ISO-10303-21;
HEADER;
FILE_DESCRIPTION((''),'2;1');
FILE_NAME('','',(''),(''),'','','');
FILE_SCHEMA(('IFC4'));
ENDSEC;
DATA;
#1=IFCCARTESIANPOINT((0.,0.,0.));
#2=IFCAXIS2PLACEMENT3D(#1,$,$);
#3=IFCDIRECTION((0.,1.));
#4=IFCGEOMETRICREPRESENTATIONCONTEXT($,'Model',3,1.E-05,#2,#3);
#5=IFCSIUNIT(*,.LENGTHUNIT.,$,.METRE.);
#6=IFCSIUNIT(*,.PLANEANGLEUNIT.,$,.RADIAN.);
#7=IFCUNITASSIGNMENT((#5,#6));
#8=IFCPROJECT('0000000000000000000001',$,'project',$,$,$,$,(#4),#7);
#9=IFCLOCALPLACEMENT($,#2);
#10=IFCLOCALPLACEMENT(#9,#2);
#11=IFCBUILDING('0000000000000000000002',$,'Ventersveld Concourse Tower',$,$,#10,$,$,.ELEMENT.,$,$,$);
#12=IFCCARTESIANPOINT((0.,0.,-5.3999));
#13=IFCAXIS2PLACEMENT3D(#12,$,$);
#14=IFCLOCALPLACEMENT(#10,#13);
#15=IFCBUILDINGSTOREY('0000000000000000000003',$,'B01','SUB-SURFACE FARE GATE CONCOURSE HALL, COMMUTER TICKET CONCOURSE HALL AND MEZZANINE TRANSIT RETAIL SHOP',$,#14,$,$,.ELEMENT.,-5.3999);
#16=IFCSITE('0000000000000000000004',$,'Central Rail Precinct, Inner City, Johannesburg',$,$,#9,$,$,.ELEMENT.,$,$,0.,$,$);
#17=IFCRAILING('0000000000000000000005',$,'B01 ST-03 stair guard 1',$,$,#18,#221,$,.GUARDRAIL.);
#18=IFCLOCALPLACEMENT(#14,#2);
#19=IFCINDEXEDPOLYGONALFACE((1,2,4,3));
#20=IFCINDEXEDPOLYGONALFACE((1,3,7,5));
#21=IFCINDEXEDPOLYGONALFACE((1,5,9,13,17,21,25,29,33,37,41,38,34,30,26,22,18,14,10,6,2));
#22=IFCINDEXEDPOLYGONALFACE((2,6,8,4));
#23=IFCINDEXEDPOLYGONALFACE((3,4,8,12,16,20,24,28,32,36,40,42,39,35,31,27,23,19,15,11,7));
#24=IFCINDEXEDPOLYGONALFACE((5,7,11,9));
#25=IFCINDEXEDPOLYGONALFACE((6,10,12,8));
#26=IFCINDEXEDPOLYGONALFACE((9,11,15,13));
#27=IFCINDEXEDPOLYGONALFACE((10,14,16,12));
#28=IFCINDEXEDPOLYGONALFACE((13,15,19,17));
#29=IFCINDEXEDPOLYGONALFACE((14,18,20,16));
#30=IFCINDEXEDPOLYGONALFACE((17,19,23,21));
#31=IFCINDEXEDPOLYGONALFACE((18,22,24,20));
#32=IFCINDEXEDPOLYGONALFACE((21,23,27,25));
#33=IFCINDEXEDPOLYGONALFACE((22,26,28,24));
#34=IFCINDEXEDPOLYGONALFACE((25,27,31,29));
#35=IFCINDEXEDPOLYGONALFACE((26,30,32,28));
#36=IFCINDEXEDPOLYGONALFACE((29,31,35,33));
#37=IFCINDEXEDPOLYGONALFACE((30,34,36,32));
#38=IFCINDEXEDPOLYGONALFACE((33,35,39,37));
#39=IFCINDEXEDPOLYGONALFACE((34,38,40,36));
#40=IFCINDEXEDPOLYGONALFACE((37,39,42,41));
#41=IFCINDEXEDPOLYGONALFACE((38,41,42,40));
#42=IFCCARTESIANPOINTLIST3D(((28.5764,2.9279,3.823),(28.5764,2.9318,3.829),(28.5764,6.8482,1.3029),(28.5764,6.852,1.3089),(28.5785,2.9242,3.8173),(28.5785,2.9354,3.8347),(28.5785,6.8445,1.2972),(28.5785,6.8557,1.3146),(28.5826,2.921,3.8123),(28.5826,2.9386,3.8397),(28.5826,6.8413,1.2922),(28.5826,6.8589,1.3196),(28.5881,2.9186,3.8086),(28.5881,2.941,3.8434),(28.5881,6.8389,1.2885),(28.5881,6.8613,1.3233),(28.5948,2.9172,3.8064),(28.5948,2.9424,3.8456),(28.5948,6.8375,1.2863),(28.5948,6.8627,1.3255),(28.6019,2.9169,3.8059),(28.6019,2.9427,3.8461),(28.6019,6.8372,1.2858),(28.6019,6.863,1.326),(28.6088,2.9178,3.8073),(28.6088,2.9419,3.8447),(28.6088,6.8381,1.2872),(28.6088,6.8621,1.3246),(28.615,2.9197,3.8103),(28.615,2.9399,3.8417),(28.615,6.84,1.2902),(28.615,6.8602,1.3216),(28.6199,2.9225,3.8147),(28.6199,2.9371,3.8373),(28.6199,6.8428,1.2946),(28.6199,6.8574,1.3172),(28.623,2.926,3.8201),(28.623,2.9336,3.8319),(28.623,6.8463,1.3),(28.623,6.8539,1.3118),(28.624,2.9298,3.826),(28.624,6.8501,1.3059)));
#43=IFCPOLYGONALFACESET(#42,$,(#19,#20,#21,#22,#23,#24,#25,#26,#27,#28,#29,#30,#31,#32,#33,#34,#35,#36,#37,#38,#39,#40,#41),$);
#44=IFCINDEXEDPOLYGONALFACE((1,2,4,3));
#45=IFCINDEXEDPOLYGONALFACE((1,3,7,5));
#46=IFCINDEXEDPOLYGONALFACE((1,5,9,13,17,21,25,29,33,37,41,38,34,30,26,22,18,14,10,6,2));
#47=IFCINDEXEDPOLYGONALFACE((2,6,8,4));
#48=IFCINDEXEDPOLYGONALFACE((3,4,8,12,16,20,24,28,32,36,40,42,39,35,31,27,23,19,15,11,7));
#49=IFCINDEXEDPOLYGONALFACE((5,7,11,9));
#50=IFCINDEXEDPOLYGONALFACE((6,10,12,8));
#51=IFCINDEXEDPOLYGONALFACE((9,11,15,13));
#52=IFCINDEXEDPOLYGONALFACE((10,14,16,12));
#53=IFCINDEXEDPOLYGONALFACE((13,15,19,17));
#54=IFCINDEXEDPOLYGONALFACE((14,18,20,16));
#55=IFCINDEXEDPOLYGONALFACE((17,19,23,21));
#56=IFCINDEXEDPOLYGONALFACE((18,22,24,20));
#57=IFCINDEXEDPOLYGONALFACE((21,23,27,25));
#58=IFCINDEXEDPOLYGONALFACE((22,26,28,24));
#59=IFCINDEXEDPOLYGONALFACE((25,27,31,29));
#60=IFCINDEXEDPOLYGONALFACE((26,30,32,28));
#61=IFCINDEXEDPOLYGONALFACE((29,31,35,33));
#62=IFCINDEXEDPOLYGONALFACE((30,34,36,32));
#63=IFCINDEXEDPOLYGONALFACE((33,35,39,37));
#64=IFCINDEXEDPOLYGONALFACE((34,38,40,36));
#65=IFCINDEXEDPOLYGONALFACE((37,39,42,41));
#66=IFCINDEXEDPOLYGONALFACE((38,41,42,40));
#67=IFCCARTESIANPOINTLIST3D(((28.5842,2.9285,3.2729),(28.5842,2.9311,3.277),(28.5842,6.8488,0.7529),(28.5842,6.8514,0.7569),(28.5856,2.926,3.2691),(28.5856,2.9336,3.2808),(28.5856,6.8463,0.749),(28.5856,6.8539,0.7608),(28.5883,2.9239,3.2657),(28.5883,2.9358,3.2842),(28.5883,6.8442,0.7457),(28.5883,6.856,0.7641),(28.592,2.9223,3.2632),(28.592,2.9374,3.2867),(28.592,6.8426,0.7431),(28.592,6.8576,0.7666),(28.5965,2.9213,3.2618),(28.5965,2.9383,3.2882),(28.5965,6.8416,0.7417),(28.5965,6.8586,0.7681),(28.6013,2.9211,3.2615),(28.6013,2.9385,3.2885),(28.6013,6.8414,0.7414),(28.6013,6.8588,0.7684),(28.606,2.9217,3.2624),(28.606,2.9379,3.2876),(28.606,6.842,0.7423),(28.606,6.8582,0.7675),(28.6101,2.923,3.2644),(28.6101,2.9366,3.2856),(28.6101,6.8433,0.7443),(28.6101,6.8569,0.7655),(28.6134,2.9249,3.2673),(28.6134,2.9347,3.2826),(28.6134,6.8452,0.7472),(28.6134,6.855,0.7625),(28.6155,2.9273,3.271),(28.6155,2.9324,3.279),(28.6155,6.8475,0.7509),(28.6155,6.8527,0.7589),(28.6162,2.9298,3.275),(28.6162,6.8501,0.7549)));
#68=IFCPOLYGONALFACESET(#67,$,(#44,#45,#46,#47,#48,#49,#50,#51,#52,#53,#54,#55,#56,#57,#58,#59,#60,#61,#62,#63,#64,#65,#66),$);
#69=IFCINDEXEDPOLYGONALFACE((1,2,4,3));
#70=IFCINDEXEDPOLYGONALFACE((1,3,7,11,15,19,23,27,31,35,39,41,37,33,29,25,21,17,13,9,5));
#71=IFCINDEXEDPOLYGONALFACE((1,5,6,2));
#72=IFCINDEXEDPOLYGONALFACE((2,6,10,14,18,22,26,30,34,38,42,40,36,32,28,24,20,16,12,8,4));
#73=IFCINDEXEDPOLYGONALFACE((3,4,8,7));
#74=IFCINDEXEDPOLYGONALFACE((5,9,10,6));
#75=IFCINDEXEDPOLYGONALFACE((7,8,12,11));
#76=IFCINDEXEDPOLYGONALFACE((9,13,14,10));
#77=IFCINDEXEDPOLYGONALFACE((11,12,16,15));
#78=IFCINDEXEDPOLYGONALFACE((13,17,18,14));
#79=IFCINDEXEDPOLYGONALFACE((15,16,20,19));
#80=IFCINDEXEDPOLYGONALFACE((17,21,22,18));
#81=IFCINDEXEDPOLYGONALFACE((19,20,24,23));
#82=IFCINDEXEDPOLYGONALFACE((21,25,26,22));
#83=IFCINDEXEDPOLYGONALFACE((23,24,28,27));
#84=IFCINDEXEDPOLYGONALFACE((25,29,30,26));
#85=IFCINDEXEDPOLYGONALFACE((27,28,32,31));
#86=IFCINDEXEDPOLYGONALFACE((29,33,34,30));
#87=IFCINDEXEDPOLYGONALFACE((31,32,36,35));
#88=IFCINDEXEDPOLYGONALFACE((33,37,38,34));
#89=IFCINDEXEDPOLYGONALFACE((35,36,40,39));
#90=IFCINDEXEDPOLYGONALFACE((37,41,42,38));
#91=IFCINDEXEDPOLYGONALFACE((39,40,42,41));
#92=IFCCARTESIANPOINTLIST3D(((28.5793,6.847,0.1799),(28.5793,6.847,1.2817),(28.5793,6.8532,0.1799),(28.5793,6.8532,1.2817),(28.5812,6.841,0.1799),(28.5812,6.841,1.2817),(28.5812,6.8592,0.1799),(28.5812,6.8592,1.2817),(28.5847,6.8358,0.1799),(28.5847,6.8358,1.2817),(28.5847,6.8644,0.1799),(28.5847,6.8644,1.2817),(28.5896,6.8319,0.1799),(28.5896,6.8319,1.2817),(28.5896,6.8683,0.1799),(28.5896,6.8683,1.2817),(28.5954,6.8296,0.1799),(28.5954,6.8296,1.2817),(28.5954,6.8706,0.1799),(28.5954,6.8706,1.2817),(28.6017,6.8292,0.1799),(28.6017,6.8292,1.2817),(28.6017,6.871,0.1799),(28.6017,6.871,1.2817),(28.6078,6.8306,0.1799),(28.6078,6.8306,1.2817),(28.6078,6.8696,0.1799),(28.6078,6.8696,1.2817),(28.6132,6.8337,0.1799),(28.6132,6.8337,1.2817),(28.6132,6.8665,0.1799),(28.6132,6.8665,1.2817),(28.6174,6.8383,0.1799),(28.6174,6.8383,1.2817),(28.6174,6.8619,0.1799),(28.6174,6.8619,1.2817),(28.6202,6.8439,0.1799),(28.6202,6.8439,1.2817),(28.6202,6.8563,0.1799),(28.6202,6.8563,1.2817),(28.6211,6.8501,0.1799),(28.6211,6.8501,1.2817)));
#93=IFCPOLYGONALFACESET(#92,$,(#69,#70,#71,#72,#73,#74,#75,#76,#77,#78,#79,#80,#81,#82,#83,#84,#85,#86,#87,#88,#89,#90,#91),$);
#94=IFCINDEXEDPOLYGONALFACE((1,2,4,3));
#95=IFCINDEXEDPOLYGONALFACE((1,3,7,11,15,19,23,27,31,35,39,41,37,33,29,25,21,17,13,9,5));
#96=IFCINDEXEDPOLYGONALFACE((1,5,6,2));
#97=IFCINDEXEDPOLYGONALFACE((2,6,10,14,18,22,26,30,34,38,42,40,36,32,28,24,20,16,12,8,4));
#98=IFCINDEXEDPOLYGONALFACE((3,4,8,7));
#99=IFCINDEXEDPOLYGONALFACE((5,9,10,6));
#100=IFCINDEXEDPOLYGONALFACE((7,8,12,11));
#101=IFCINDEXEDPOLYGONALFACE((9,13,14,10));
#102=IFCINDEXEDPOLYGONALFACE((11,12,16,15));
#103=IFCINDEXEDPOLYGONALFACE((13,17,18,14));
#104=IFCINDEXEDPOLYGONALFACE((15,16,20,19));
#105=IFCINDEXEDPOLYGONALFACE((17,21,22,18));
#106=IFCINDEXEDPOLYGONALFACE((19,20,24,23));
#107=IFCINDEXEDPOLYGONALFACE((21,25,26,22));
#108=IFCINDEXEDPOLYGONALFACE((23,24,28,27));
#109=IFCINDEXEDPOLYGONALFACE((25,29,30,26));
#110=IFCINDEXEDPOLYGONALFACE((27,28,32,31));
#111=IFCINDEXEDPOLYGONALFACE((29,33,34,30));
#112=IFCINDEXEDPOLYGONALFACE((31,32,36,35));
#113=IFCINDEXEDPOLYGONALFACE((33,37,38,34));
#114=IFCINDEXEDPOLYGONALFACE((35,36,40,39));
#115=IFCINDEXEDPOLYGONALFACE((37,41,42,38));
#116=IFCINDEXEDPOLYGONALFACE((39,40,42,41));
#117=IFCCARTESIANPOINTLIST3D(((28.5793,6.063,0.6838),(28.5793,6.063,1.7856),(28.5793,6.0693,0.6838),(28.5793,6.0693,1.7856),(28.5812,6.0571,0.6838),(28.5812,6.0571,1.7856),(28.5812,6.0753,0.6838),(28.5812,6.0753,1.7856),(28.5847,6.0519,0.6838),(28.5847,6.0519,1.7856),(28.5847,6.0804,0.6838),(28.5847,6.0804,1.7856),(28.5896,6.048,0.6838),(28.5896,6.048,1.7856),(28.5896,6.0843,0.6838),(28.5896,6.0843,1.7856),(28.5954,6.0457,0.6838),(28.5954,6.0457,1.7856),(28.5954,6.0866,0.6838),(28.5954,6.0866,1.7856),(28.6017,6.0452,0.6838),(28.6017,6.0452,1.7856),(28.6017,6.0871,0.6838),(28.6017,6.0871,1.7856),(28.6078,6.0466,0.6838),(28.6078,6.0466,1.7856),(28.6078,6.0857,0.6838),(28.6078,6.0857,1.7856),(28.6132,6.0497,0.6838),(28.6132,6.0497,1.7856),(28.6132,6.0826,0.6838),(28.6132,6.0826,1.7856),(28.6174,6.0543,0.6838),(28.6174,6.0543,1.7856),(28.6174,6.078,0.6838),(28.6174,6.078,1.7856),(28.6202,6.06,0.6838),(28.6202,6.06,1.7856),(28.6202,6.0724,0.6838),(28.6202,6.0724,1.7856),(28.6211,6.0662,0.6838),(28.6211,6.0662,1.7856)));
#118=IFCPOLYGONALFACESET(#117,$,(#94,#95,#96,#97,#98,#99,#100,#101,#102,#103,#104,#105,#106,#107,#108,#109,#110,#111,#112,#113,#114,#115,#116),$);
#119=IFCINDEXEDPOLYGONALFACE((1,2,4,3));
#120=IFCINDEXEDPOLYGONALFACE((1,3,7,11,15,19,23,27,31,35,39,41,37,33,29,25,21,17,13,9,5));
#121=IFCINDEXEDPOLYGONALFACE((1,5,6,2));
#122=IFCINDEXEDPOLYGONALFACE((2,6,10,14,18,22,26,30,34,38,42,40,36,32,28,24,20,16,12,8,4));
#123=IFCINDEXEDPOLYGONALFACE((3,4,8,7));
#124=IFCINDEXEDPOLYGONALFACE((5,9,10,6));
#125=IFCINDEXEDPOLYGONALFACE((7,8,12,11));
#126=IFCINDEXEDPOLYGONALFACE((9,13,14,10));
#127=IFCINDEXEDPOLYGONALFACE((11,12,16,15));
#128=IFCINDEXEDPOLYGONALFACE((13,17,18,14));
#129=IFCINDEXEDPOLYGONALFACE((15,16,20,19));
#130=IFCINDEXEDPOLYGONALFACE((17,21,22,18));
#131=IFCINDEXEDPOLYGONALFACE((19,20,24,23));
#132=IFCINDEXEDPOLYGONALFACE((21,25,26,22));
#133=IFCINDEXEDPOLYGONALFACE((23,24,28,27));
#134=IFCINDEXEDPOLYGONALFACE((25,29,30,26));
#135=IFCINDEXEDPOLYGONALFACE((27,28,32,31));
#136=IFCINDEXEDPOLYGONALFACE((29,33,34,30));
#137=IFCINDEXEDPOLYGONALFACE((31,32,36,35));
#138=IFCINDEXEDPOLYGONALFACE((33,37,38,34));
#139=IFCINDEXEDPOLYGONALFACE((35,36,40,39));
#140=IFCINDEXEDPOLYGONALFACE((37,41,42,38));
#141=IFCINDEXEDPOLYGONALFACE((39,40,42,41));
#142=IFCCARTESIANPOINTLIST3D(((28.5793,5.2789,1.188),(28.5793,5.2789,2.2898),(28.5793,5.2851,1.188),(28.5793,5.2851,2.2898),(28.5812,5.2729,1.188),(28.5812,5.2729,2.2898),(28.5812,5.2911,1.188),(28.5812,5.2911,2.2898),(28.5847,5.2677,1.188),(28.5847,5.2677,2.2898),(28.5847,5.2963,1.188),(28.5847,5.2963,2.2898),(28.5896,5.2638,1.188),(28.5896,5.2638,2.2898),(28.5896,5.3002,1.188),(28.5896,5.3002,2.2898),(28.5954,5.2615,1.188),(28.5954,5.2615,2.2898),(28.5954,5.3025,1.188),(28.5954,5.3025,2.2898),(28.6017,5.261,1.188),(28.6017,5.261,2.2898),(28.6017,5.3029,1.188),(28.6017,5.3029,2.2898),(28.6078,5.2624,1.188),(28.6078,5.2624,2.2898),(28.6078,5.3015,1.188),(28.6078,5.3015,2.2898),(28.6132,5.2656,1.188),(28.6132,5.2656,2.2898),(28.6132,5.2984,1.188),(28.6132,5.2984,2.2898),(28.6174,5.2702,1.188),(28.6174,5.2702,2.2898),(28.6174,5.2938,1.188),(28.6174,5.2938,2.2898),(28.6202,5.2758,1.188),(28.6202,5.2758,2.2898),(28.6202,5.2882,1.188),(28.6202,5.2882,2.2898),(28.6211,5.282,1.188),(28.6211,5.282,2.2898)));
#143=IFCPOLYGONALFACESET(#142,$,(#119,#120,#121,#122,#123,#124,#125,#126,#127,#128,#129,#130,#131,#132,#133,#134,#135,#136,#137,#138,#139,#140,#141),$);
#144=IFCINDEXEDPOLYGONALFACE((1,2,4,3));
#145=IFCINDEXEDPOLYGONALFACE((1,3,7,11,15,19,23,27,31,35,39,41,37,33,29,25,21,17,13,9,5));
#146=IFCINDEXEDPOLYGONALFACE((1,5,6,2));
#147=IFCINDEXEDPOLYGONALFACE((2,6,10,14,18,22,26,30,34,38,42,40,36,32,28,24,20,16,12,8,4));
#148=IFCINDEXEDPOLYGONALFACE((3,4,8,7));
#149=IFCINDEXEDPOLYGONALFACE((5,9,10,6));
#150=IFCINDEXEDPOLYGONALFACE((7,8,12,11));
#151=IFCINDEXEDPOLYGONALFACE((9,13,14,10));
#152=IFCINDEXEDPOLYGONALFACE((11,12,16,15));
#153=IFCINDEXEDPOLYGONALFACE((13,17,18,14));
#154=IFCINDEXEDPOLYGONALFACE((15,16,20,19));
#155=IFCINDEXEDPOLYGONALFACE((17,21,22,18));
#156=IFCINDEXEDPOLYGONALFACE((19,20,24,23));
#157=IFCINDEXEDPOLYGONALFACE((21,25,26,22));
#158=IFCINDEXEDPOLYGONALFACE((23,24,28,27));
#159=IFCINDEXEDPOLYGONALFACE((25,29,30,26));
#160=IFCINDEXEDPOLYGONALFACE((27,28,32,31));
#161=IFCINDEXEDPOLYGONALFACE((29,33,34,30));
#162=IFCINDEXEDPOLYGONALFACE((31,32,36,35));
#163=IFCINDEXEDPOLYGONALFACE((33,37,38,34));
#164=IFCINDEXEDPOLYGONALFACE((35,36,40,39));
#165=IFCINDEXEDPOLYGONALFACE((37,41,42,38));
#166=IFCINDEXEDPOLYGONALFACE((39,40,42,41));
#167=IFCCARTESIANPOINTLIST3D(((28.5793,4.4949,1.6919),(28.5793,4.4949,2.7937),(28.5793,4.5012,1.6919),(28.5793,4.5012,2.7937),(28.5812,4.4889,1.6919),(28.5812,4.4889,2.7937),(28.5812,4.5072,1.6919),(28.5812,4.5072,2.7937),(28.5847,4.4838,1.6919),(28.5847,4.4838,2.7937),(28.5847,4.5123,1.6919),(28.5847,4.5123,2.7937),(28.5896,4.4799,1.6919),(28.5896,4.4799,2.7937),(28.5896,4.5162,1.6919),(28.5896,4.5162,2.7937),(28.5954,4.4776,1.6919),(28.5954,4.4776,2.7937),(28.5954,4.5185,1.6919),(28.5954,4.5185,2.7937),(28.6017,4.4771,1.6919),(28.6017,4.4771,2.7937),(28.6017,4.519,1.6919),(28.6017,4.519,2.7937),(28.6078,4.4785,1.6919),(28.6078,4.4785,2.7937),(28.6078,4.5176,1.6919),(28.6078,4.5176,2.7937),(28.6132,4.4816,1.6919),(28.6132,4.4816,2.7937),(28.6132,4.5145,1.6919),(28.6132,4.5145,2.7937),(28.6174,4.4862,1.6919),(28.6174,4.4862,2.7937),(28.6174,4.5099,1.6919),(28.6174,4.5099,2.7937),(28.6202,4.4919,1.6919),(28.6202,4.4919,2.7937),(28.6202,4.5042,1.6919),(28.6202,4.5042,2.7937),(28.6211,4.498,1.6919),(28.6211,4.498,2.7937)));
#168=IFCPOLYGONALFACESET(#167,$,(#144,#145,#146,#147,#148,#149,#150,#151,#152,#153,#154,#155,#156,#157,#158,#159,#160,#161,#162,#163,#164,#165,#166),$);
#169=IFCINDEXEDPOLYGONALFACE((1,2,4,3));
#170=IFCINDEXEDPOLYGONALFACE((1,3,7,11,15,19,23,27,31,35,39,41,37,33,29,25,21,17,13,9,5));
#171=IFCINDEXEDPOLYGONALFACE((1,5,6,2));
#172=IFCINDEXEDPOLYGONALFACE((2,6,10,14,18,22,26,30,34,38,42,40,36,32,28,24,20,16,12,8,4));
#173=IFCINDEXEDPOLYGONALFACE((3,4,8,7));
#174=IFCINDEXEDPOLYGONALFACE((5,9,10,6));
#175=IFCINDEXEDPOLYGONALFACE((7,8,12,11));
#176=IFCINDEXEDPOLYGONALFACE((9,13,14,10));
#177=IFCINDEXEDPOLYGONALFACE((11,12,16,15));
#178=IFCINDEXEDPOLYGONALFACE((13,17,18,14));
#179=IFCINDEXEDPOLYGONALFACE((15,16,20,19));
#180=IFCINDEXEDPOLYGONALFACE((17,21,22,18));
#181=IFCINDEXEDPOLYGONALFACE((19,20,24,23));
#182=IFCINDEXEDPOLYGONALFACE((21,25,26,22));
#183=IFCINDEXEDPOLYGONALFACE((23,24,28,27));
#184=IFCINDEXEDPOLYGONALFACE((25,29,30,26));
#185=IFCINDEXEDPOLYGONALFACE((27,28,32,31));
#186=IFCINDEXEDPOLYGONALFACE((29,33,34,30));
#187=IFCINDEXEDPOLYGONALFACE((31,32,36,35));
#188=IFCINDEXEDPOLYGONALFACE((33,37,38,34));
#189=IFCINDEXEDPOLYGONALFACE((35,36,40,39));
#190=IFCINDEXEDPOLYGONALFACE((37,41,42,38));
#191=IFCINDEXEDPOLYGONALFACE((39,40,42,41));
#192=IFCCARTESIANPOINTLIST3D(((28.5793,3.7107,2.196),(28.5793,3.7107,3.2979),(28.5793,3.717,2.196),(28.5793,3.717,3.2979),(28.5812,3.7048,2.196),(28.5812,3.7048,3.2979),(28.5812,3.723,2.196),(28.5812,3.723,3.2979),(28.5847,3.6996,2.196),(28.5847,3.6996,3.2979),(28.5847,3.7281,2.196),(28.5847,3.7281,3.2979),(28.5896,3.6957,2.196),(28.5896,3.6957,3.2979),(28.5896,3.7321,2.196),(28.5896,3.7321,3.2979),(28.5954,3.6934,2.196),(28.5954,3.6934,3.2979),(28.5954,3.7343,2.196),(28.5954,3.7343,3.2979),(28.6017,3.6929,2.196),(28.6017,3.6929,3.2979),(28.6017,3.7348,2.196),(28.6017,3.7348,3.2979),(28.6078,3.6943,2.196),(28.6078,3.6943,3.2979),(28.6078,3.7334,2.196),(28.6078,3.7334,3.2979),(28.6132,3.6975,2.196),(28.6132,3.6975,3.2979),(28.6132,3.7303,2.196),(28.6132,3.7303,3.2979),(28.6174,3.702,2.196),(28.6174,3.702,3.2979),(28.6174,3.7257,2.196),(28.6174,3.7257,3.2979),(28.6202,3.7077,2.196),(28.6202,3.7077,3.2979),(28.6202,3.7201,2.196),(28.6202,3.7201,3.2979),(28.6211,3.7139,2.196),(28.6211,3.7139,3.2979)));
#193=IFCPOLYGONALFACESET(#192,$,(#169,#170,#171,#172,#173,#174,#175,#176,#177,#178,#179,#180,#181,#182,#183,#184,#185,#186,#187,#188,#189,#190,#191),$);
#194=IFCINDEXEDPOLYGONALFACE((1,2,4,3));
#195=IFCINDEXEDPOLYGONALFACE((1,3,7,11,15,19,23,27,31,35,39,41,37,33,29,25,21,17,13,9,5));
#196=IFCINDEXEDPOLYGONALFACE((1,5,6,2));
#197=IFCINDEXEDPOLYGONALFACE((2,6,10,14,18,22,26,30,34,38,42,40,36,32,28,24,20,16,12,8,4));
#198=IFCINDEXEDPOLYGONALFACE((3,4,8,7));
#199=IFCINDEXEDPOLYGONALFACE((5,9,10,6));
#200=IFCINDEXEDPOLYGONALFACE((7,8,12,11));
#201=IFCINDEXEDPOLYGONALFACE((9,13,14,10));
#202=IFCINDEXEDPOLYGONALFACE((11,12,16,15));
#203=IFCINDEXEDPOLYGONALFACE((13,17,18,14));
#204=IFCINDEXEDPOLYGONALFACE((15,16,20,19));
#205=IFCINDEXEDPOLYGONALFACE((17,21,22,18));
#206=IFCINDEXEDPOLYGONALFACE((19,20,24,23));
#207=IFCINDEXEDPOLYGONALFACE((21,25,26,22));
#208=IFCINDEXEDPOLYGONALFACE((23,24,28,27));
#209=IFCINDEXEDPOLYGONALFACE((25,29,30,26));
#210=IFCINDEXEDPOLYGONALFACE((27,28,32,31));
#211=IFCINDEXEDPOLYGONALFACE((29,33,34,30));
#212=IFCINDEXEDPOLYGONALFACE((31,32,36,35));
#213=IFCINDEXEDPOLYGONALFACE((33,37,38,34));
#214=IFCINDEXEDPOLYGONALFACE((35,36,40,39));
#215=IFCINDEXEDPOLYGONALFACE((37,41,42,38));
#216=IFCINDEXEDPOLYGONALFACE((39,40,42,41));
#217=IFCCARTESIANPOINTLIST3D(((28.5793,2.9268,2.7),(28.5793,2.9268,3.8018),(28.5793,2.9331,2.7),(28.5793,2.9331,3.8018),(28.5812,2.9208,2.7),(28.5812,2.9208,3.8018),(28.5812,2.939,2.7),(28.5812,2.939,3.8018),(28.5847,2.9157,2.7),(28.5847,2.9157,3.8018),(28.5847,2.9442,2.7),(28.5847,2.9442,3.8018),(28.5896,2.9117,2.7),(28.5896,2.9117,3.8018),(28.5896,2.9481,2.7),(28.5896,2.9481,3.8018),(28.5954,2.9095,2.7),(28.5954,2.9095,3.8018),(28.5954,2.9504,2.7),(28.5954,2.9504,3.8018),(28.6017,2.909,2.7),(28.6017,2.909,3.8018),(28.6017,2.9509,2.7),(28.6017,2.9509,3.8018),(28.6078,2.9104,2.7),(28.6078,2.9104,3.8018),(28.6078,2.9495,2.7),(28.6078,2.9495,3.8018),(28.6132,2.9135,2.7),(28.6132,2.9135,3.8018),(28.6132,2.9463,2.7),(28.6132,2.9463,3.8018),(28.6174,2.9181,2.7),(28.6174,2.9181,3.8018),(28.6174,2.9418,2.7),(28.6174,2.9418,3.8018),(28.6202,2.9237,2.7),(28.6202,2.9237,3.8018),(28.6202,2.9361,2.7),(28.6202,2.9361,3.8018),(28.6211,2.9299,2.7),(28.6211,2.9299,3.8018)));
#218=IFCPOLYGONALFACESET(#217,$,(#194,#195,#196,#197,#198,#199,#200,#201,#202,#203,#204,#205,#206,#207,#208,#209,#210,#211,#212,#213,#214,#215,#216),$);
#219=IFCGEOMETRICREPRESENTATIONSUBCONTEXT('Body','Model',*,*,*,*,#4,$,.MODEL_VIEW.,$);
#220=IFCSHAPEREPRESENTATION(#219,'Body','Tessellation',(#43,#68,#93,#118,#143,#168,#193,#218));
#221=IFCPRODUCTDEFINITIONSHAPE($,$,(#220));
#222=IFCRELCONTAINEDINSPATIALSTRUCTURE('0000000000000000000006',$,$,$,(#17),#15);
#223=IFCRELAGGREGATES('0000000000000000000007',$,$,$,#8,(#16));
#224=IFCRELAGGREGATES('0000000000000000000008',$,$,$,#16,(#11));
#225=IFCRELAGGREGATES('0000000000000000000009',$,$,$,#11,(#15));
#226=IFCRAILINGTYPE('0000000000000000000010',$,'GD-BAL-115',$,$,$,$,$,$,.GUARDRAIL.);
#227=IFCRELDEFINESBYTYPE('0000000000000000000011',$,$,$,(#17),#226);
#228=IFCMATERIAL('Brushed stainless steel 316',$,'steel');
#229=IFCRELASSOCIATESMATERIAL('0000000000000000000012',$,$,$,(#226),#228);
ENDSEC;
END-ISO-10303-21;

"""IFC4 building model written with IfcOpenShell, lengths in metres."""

from ifc_helpers import new_model, si_unit, direction, frame, origin, origin_2d, place, context, subcontext, project, spatial, circle, extrude, material, type_object, element, save


model = new_model("IFC4")

# Units and contexts
model_context = context("Model", 3, precision=1e-05, world=origin(), true_north=direction((0.0, 1.0)))
body_context = subcontext(model_context, "Body", "Model", "MODEL_VIEW")
ifc_project = project(units=[si_unit("LENGTHUNIT", "METRE"), si_unit("PLANEANGLEUNIT", "RADIAN")], contexts=[model_context])

# Site, building, storey
site_placement = place(None, origin())
site = spatial("IfcSite", under=ifc_project, at=site_placement, Name="Central Rail Precinct, Inner City, Johannesburg", CompositionType="ELEMENT", RefElevation=0.0)
building_placement = place(site_placement, origin())
building = spatial("IfcBuilding", under=site, at=building_placement, Name="Ventersveld Concourse Tower", CompositionType="ELEMENT")
storey_placement = place(building_placement, frame((0.0, 0.0, -5.3999)))
storey = spatial("IfcBuildingStorey", under=building, at=storey_placement, Name="B01", Description="SUB-SURFACE FARE GATE CONCOURSE HALL, COMMUTER TICKET CONCOURSE HALL AND MEZZANINE TRANSIT RETAIL SHOP", CompositionType="ELEMENT", Elevation=-5.3999)

# Shared definitions
ifc_material_1 = material(Name="Brushed stainless steel 316", Category="steel")

# Railing
railing_type_1 = type_object("IfcRailingType", Name="GD-BAL-115", PredefinedType="GUARDRAIL", material=ifc_material_1)
railing_1_placement = place(storey_placement, frame((28.6001, 6.8501, 0.1799)))
element("IfcRailing", 1, at=railing_1_placement, inside=storey, type_object=railing_type_1, Name="B01 ST-03 stair guard 1", PredefinedType="GUARDRAIL", context=body_context, shape_type="SweptSolid", body=[
    extrude(circle(Radius=0.0239, at=origin_2d()), frame((0.0, 0.0, 1.126), z_axis=(0.0, -0.841187, 0.540744), x_axis=(1.0, 0.0, 0.0)), (0.0, 0.0, 1.0), 4.6604),
    extrude(circle(Radius=0.0161, at=origin_2d()), frame((0.0, 0.0, 0.575), z_axis=(0.0, -0.841187, 0.540744), x_axis=(1.0, 0.0, 0.0)), (0.0, 0.0, 1.0), 4.6604),
    extrude(circle(Radius=0.021, at=origin_2d()), origin(), (0.0, 0.0, 1.0), 1.1018),
    extrude(circle(Radius=0.021, at=origin_2d()), frame((0.0, -0.7839, 0.5039)), (0.0, 0.0, 1.0), 1.1018),
    extrude(circle(Radius=0.021, at=origin_2d()), frame((0.0, -1.5681, 1.0081)), (0.0, 0.0, 1.0), 1.1018),
    extrude(circle(Radius=0.021, at=origin_2d()), frame((0.0, -2.3521, 1.512)), (0.0, 0.0, 1.0), 1.1018),
    extrude(circle(Radius=0.021, at=origin_2d()), frame((0.0, -3.1362, 2.0161)), (0.0, 0.0, 1.0), 1.1018),
    extrude(circle(Radius=0.021, at=origin_2d()), frame((0.0, -3.9202, 2.52)), (0.0, 0.0, 1.0), 1.1018),
])

save(model, "model.ifc")
